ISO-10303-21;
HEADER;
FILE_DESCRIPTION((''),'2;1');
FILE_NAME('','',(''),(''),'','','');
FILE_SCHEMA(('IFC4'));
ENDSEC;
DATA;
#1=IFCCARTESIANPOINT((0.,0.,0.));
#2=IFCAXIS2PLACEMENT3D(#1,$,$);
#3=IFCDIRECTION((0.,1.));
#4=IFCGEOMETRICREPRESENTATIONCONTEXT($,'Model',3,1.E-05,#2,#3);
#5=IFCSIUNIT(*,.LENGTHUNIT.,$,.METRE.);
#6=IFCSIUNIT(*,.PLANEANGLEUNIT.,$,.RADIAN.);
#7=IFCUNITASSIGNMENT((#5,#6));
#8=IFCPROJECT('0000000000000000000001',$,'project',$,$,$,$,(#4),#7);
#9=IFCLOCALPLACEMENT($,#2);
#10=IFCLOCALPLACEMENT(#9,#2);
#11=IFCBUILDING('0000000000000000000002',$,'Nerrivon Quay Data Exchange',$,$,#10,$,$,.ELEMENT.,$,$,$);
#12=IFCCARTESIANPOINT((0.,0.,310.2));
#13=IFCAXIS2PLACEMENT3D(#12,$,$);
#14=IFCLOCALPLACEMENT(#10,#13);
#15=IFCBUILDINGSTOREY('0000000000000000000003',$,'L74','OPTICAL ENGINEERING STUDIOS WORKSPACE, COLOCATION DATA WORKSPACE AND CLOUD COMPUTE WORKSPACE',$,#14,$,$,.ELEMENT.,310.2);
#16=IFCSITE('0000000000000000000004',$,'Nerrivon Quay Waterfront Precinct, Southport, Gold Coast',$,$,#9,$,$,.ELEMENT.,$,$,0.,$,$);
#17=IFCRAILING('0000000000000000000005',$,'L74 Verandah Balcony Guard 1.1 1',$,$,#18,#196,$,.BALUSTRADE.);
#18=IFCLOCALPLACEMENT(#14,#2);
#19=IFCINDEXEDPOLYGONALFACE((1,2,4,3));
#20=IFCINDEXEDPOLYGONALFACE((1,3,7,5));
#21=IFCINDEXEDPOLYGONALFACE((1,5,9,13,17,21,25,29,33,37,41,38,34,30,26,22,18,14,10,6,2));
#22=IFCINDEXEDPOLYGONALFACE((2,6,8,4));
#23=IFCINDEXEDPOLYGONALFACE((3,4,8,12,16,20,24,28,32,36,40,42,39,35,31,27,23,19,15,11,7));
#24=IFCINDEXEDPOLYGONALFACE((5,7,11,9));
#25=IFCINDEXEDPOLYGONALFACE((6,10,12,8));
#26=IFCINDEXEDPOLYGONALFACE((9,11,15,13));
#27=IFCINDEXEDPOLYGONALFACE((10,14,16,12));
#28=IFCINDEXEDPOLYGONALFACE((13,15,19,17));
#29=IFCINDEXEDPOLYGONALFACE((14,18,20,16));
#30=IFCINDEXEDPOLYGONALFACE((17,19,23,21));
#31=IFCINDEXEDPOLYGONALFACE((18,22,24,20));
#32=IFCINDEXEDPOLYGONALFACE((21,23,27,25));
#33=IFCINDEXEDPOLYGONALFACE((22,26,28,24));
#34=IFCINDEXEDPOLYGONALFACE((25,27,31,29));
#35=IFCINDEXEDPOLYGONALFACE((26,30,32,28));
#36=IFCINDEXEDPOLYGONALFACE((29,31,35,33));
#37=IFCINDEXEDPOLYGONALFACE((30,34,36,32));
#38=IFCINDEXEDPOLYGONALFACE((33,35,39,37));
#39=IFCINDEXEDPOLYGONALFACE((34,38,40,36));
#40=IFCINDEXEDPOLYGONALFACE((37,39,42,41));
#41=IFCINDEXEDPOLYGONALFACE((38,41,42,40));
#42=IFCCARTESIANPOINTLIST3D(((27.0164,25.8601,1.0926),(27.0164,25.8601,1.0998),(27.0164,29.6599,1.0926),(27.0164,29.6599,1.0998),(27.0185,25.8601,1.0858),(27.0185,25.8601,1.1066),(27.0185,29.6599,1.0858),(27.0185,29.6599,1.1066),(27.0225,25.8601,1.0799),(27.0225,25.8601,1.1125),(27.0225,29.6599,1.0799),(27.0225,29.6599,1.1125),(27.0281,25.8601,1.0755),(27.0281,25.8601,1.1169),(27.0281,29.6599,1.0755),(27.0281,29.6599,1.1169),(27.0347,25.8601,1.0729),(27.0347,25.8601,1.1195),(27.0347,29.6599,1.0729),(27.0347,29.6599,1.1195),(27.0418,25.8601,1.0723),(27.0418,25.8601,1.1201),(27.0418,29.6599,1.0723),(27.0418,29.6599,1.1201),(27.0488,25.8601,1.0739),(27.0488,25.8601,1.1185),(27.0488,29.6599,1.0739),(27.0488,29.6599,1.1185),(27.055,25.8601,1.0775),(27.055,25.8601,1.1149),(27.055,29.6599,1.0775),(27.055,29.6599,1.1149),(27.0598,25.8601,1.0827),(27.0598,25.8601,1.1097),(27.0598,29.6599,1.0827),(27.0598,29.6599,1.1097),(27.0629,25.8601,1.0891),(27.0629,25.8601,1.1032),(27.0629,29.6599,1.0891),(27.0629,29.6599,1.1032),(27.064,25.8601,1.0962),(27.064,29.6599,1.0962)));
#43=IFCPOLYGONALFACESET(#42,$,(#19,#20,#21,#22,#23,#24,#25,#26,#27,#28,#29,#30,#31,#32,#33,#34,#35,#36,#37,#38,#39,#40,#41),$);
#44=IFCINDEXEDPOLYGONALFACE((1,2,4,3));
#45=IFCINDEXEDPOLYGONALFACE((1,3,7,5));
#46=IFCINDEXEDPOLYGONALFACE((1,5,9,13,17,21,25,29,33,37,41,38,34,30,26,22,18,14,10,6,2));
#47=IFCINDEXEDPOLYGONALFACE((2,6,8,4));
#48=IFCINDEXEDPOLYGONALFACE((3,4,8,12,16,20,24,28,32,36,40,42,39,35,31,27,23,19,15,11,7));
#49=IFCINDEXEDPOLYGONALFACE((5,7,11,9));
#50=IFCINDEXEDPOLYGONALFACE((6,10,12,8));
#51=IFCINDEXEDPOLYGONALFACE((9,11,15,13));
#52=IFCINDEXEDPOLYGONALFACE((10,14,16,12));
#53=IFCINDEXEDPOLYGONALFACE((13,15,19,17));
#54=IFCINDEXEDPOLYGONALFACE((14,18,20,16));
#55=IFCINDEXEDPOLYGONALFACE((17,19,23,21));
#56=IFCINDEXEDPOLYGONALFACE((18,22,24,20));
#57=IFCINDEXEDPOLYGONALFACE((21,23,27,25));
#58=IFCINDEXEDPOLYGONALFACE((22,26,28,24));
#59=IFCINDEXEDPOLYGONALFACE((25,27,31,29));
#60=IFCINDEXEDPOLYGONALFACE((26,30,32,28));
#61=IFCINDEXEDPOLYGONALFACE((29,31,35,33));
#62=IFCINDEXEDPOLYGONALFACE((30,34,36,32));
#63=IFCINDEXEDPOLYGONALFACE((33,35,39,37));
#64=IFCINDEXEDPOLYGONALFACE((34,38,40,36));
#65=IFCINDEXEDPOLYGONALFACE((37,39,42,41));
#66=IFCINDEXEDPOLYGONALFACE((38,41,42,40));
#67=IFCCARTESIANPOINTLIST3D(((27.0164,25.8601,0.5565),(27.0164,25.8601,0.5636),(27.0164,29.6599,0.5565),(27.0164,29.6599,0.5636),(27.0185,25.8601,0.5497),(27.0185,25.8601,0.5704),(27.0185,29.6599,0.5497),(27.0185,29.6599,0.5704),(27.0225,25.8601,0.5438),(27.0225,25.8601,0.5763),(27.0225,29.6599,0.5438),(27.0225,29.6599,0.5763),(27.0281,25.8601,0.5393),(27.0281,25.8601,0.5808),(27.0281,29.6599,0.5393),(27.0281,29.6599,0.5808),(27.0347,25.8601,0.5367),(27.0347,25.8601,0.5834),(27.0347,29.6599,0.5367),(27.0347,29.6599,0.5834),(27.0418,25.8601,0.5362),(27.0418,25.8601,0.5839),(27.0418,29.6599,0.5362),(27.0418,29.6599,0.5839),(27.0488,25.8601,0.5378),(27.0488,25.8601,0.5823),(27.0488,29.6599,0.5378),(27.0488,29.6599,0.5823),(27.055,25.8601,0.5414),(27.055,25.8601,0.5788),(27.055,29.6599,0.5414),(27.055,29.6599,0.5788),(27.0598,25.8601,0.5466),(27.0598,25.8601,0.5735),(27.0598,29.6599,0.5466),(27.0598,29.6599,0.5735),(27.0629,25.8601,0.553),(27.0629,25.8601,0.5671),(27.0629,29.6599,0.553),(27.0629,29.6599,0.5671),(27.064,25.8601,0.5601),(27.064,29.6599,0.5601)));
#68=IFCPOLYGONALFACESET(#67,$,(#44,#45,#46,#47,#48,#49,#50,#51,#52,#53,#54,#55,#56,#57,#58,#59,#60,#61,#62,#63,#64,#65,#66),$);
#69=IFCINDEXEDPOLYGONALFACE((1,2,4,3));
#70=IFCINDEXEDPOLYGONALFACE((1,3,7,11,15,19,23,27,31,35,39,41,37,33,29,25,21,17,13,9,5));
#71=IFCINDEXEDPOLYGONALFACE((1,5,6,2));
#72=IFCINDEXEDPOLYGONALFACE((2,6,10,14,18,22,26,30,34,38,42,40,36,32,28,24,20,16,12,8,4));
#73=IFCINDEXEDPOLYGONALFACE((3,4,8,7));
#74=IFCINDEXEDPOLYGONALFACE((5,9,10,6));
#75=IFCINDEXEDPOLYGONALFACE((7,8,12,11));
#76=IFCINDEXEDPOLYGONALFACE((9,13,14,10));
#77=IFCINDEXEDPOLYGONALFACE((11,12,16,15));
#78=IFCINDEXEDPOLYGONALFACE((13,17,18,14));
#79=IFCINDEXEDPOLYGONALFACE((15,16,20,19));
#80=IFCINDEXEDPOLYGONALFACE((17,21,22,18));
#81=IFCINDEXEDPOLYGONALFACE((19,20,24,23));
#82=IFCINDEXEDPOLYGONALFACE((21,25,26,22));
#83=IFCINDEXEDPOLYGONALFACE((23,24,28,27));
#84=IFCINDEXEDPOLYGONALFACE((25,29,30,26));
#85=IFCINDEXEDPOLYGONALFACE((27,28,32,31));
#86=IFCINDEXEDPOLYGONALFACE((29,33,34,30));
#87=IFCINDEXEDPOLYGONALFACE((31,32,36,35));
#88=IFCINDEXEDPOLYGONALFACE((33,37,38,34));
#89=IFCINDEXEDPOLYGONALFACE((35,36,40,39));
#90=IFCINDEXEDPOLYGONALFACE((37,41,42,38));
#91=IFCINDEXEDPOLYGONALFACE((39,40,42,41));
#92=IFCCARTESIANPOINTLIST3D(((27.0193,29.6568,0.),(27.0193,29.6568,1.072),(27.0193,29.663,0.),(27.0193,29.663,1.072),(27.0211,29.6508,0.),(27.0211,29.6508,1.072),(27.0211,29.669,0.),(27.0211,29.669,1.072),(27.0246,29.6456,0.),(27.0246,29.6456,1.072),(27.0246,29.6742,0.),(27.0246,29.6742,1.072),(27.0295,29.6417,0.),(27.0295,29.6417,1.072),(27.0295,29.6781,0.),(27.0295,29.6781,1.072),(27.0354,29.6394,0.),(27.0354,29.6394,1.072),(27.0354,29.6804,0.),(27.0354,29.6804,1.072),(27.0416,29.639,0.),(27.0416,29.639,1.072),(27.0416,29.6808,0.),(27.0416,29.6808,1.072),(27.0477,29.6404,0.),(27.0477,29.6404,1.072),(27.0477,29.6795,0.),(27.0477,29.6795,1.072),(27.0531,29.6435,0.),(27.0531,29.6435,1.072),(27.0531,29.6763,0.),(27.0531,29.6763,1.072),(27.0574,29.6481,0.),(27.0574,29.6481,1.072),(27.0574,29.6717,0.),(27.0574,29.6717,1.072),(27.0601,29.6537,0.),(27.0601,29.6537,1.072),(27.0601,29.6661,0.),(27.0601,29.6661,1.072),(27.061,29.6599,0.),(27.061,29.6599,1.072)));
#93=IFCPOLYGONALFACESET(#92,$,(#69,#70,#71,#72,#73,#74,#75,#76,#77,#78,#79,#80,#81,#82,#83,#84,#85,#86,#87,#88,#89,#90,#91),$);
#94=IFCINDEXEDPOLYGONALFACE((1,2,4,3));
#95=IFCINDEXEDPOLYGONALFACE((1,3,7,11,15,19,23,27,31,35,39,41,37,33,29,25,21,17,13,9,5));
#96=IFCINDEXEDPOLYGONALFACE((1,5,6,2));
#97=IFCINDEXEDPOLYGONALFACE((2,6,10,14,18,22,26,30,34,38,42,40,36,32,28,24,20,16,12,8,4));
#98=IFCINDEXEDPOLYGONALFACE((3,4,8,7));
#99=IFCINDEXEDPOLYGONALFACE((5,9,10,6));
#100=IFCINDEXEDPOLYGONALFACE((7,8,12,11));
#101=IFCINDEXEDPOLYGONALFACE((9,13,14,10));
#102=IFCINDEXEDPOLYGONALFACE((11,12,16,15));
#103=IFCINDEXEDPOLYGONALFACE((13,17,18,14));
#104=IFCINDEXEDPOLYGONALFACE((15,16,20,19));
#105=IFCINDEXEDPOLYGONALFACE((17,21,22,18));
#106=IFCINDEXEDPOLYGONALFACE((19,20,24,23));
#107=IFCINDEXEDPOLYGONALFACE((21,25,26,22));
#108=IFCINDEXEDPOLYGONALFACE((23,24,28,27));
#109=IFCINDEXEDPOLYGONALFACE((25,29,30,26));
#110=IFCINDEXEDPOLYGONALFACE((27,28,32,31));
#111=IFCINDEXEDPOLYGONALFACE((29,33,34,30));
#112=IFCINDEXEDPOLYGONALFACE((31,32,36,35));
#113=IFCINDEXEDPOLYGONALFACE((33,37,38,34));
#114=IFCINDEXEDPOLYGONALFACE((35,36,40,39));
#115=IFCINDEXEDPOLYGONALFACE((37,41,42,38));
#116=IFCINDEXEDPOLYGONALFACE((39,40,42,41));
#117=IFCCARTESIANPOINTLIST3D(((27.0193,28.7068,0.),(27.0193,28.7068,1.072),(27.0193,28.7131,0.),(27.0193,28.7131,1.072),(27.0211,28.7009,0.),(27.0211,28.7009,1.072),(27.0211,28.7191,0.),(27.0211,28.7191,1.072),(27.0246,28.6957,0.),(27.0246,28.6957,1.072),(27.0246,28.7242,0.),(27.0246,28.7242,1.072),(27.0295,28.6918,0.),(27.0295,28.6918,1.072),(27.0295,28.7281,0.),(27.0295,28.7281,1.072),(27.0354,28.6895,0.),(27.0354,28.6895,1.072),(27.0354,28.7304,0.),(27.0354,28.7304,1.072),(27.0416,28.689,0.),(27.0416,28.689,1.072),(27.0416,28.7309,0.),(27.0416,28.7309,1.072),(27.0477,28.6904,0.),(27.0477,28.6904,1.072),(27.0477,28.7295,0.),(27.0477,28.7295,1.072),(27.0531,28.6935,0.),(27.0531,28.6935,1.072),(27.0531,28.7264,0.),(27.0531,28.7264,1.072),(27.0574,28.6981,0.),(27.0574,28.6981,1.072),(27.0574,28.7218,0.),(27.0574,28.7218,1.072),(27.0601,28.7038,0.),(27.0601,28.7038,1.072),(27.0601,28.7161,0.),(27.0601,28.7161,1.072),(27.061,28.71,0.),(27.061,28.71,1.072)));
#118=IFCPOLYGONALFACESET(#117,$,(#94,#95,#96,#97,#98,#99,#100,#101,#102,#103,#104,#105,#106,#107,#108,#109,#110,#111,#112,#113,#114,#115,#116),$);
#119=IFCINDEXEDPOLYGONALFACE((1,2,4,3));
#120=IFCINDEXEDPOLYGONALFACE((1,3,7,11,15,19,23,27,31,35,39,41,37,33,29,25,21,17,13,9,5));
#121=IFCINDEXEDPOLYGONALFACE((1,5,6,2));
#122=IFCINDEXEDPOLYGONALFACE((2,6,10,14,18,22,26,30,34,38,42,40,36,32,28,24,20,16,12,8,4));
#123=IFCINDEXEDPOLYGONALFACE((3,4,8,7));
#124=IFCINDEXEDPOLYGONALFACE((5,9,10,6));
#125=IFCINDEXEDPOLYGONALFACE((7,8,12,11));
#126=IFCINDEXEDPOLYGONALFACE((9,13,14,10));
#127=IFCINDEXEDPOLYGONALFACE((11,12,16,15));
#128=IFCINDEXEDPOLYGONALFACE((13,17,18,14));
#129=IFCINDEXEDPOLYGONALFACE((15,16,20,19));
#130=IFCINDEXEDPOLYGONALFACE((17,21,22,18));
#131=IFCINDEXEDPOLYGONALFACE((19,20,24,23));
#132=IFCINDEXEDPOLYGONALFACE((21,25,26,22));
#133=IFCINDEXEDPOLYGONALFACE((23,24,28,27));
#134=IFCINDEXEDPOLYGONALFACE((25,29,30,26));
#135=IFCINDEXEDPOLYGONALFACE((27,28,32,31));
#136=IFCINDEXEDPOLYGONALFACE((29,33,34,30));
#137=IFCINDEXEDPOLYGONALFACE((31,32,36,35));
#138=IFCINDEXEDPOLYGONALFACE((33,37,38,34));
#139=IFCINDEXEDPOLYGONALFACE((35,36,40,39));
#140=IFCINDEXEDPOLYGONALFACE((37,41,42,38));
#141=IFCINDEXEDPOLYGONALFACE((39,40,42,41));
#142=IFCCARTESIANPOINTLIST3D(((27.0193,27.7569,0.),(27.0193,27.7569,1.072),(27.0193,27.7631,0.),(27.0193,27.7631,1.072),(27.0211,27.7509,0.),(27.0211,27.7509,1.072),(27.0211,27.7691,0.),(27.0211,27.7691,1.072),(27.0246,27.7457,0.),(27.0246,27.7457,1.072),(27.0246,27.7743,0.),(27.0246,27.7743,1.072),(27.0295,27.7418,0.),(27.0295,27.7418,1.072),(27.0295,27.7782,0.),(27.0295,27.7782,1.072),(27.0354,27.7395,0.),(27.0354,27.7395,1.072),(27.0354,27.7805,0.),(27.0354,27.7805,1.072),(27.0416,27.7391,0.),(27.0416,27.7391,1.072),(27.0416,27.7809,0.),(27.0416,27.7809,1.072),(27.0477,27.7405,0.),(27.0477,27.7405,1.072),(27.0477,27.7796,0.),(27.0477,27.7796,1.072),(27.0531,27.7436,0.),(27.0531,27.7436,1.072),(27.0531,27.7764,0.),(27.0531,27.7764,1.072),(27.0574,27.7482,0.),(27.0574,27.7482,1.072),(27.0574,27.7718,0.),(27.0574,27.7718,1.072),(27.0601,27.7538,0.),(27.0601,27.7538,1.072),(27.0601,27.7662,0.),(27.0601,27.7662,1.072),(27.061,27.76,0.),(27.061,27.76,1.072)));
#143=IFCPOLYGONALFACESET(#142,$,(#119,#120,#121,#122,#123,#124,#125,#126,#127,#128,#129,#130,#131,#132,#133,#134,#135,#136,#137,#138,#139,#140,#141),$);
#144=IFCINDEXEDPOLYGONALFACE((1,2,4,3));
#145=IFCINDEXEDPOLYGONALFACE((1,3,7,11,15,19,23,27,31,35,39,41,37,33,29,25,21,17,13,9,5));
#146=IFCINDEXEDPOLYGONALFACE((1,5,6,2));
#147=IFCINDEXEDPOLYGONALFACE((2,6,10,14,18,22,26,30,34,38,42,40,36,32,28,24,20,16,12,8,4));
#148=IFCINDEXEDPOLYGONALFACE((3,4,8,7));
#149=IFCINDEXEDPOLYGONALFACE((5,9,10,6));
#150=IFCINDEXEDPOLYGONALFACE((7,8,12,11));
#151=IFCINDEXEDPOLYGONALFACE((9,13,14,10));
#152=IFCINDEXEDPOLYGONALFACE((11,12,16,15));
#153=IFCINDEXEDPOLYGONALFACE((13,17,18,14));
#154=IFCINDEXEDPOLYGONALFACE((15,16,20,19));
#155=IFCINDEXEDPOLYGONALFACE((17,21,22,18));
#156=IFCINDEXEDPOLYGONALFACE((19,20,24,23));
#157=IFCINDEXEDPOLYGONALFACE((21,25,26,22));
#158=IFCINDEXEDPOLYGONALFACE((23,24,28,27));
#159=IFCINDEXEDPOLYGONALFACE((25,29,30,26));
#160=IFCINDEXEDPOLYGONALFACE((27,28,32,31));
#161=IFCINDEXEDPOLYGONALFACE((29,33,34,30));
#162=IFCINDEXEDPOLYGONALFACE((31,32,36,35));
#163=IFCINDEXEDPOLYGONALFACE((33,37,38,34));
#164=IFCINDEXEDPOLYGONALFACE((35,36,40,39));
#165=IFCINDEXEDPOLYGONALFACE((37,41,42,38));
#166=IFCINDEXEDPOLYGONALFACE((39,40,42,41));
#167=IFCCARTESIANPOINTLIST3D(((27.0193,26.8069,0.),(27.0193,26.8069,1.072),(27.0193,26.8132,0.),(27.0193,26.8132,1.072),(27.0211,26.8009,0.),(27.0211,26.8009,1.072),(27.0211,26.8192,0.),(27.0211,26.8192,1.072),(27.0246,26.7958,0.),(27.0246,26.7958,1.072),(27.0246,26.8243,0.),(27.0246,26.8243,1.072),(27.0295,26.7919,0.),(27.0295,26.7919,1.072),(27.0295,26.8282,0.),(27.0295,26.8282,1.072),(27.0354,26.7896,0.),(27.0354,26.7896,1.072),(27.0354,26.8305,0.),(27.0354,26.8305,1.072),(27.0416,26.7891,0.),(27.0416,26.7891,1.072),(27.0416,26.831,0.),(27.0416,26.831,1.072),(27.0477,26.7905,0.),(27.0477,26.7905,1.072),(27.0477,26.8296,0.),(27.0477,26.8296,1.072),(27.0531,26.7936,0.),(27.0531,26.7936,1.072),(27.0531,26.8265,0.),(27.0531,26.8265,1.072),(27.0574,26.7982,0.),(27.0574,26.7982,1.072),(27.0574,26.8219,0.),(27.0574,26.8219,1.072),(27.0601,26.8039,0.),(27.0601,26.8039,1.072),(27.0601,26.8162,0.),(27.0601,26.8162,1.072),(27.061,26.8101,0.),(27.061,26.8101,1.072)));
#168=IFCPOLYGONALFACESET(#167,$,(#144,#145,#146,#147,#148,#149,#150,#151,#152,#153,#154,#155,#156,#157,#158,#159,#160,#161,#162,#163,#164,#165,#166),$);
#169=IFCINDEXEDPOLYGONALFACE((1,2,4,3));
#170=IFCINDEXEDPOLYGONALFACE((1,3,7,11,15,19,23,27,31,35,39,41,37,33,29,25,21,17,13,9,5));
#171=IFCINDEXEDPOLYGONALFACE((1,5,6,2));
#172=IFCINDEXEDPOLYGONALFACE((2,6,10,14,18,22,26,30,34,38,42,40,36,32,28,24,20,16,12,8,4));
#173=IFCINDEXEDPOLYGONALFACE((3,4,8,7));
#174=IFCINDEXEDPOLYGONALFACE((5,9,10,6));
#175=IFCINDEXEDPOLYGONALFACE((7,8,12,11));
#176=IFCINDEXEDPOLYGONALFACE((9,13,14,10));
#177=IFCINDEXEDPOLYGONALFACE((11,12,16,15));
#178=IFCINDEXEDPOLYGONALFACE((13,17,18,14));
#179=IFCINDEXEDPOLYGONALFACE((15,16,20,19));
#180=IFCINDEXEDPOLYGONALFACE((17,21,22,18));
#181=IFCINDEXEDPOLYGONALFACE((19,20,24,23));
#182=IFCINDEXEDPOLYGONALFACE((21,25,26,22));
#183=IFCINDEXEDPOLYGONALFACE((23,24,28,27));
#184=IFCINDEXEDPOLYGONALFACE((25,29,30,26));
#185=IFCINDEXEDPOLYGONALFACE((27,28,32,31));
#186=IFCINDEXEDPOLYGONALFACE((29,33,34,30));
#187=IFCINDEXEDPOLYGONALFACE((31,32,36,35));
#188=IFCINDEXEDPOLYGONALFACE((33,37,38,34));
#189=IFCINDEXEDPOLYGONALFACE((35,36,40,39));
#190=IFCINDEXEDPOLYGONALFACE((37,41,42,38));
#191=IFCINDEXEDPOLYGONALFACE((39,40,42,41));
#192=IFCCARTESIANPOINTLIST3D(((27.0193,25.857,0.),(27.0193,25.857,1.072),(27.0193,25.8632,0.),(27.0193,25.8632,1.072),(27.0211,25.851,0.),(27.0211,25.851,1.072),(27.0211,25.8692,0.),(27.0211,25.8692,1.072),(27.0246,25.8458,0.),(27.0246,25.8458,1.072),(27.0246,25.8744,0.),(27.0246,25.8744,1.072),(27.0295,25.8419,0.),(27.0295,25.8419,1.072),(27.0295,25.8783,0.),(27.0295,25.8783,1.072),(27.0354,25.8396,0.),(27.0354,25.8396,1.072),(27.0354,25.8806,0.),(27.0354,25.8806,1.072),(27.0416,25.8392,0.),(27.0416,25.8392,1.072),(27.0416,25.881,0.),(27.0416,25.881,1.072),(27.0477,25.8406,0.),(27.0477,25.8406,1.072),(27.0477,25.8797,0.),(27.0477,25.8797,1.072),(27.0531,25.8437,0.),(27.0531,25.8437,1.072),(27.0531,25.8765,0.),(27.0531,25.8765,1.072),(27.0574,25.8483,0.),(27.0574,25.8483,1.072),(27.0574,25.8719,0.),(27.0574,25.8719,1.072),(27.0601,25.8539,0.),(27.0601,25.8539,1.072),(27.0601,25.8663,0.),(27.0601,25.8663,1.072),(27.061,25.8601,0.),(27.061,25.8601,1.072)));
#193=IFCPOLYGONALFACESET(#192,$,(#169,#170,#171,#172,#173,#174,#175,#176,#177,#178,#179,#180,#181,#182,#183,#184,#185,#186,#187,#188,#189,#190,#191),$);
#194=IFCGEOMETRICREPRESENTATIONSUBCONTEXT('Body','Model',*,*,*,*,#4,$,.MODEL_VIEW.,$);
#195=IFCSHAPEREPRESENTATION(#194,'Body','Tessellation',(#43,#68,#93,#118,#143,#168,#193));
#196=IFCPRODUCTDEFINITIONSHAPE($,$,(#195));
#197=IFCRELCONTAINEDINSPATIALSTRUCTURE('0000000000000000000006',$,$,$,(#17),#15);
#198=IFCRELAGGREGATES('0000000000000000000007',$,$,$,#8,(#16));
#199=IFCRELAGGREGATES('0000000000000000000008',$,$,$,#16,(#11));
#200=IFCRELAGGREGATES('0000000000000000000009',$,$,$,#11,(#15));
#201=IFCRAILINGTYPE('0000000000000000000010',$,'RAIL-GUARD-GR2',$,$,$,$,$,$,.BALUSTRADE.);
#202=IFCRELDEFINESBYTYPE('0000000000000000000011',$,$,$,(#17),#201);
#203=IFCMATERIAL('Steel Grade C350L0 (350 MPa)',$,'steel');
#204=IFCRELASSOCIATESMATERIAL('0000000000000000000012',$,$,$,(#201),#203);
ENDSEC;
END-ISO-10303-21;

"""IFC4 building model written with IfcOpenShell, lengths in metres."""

from ifc_helpers import new_model, si_unit, direction, frame, origin, origin_2d, place, context, subcontext, project, spatial, circle, extrude, material, type_object, element, save


model = new_model("IFC4")

# Units and contexts
model_context = context("Model", 3, precision=1e-05, world=origin(), true_north=direction((0.0, 1.0)))
body_context = subcontext(model_context, "Body", "Model", "MODEL_VIEW")
ifc_project = project(units=[si_unit("LENGTHUNIT", "METRE"), si_unit("PLANEANGLEUNIT", "RADIAN")], contexts=[model_context])

# Site, building, storey
site_placement = place(None, origin())
site = spatial("IfcSite", under=ifc_project, at=site_placement, Name="Nerrivon Quay Waterfront Precinct, Southport, Gold Coast", CompositionType="ELEMENT", RefElevation=0.0)
building_placement = place(site_placement, origin())
building = spatial("IfcBuilding", under=site, at=building_placement, Name="Nerrivon Quay Data Exchange", CompositionType="ELEMENT")
storey_placement = place(building_placement, frame((0.0, 0.0, 310.2)))
storey = spatial("IfcBuildingStorey", under=building, at=storey_placement, Name="L74", Description="OPTICAL ENGINEERING STUDIOS WORKSPACE, COLOCATION DATA WORKSPACE AND CLOUD COMPUTE WORKSPACE", CompositionType="ELEMENT", Elevation=310.2)

# Shared definitions
ifc_material_1 = material(Name="Steel Grade C350L0 (350 MPa)", Category="steel")

# Railing
railing_type = type_object("IfcRailingType", Name="RAIL-GUARD-GR2", PredefinedType="BALUSTRADE", material=ifc_material_1)
railing_1_placement = place(storey_placement, frame((27.04, 29.6599, 0.0)))
element("IfcRailing", 1, at=railing_1_placement, inside=storey, type_object=railing_type, Name="L74 Verandah Balcony Guard 1.1 1", PredefinedType="BALUSTRADE", context=body_context, shape_type="SweptSolid", body=[
    extrude(circle(Radius=0.0239, at=origin_2d()), frame((0.0, 0.0, 1.0962), z_axis=(0.0, -1.0, 0.0), x_axis=(1.0, 0.0, 0.0)), (0.0, 0.0, 1.0), 3.7998),
    extrude(circle(Radius=0.0239, at=origin_2d()), frame((0.0, 0.0, 0.5601), z_axis=(0.0, -1.0, 0.0), x_axis=(1.0, 0.0, 0.0)), (0.0, 0.0, 1.0), 3.7998),
    extrude(circle(Radius=0.021, at=origin_2d()), origin(), (0.0, 0.0, 1.0), 1.072),
    extrude(circle(Radius=0.021, at=origin_2d()), frame((0.0, -0.95, 0.0)), (0.0, 0.0, 1.0), 1.072),
    extrude(circle(Radius=0.021, at=origin_2d()), frame((0.0, -1.8999, 0.0)), (0.0, 0.0, 1.0), 1.072),
    extrude(circle(Radius=0.021, at=origin_2d()), frame((0.0, -2.8499, 0.0)), (0.0, 0.0, 1.0), 1.072),
    extrude(circle(Radius=0.021, at=origin_2d()), frame((0.0, -3.7998, 0.0)), (0.0, 0.0, 1.0), 1.072),
])

save(model, "model.ifc")
